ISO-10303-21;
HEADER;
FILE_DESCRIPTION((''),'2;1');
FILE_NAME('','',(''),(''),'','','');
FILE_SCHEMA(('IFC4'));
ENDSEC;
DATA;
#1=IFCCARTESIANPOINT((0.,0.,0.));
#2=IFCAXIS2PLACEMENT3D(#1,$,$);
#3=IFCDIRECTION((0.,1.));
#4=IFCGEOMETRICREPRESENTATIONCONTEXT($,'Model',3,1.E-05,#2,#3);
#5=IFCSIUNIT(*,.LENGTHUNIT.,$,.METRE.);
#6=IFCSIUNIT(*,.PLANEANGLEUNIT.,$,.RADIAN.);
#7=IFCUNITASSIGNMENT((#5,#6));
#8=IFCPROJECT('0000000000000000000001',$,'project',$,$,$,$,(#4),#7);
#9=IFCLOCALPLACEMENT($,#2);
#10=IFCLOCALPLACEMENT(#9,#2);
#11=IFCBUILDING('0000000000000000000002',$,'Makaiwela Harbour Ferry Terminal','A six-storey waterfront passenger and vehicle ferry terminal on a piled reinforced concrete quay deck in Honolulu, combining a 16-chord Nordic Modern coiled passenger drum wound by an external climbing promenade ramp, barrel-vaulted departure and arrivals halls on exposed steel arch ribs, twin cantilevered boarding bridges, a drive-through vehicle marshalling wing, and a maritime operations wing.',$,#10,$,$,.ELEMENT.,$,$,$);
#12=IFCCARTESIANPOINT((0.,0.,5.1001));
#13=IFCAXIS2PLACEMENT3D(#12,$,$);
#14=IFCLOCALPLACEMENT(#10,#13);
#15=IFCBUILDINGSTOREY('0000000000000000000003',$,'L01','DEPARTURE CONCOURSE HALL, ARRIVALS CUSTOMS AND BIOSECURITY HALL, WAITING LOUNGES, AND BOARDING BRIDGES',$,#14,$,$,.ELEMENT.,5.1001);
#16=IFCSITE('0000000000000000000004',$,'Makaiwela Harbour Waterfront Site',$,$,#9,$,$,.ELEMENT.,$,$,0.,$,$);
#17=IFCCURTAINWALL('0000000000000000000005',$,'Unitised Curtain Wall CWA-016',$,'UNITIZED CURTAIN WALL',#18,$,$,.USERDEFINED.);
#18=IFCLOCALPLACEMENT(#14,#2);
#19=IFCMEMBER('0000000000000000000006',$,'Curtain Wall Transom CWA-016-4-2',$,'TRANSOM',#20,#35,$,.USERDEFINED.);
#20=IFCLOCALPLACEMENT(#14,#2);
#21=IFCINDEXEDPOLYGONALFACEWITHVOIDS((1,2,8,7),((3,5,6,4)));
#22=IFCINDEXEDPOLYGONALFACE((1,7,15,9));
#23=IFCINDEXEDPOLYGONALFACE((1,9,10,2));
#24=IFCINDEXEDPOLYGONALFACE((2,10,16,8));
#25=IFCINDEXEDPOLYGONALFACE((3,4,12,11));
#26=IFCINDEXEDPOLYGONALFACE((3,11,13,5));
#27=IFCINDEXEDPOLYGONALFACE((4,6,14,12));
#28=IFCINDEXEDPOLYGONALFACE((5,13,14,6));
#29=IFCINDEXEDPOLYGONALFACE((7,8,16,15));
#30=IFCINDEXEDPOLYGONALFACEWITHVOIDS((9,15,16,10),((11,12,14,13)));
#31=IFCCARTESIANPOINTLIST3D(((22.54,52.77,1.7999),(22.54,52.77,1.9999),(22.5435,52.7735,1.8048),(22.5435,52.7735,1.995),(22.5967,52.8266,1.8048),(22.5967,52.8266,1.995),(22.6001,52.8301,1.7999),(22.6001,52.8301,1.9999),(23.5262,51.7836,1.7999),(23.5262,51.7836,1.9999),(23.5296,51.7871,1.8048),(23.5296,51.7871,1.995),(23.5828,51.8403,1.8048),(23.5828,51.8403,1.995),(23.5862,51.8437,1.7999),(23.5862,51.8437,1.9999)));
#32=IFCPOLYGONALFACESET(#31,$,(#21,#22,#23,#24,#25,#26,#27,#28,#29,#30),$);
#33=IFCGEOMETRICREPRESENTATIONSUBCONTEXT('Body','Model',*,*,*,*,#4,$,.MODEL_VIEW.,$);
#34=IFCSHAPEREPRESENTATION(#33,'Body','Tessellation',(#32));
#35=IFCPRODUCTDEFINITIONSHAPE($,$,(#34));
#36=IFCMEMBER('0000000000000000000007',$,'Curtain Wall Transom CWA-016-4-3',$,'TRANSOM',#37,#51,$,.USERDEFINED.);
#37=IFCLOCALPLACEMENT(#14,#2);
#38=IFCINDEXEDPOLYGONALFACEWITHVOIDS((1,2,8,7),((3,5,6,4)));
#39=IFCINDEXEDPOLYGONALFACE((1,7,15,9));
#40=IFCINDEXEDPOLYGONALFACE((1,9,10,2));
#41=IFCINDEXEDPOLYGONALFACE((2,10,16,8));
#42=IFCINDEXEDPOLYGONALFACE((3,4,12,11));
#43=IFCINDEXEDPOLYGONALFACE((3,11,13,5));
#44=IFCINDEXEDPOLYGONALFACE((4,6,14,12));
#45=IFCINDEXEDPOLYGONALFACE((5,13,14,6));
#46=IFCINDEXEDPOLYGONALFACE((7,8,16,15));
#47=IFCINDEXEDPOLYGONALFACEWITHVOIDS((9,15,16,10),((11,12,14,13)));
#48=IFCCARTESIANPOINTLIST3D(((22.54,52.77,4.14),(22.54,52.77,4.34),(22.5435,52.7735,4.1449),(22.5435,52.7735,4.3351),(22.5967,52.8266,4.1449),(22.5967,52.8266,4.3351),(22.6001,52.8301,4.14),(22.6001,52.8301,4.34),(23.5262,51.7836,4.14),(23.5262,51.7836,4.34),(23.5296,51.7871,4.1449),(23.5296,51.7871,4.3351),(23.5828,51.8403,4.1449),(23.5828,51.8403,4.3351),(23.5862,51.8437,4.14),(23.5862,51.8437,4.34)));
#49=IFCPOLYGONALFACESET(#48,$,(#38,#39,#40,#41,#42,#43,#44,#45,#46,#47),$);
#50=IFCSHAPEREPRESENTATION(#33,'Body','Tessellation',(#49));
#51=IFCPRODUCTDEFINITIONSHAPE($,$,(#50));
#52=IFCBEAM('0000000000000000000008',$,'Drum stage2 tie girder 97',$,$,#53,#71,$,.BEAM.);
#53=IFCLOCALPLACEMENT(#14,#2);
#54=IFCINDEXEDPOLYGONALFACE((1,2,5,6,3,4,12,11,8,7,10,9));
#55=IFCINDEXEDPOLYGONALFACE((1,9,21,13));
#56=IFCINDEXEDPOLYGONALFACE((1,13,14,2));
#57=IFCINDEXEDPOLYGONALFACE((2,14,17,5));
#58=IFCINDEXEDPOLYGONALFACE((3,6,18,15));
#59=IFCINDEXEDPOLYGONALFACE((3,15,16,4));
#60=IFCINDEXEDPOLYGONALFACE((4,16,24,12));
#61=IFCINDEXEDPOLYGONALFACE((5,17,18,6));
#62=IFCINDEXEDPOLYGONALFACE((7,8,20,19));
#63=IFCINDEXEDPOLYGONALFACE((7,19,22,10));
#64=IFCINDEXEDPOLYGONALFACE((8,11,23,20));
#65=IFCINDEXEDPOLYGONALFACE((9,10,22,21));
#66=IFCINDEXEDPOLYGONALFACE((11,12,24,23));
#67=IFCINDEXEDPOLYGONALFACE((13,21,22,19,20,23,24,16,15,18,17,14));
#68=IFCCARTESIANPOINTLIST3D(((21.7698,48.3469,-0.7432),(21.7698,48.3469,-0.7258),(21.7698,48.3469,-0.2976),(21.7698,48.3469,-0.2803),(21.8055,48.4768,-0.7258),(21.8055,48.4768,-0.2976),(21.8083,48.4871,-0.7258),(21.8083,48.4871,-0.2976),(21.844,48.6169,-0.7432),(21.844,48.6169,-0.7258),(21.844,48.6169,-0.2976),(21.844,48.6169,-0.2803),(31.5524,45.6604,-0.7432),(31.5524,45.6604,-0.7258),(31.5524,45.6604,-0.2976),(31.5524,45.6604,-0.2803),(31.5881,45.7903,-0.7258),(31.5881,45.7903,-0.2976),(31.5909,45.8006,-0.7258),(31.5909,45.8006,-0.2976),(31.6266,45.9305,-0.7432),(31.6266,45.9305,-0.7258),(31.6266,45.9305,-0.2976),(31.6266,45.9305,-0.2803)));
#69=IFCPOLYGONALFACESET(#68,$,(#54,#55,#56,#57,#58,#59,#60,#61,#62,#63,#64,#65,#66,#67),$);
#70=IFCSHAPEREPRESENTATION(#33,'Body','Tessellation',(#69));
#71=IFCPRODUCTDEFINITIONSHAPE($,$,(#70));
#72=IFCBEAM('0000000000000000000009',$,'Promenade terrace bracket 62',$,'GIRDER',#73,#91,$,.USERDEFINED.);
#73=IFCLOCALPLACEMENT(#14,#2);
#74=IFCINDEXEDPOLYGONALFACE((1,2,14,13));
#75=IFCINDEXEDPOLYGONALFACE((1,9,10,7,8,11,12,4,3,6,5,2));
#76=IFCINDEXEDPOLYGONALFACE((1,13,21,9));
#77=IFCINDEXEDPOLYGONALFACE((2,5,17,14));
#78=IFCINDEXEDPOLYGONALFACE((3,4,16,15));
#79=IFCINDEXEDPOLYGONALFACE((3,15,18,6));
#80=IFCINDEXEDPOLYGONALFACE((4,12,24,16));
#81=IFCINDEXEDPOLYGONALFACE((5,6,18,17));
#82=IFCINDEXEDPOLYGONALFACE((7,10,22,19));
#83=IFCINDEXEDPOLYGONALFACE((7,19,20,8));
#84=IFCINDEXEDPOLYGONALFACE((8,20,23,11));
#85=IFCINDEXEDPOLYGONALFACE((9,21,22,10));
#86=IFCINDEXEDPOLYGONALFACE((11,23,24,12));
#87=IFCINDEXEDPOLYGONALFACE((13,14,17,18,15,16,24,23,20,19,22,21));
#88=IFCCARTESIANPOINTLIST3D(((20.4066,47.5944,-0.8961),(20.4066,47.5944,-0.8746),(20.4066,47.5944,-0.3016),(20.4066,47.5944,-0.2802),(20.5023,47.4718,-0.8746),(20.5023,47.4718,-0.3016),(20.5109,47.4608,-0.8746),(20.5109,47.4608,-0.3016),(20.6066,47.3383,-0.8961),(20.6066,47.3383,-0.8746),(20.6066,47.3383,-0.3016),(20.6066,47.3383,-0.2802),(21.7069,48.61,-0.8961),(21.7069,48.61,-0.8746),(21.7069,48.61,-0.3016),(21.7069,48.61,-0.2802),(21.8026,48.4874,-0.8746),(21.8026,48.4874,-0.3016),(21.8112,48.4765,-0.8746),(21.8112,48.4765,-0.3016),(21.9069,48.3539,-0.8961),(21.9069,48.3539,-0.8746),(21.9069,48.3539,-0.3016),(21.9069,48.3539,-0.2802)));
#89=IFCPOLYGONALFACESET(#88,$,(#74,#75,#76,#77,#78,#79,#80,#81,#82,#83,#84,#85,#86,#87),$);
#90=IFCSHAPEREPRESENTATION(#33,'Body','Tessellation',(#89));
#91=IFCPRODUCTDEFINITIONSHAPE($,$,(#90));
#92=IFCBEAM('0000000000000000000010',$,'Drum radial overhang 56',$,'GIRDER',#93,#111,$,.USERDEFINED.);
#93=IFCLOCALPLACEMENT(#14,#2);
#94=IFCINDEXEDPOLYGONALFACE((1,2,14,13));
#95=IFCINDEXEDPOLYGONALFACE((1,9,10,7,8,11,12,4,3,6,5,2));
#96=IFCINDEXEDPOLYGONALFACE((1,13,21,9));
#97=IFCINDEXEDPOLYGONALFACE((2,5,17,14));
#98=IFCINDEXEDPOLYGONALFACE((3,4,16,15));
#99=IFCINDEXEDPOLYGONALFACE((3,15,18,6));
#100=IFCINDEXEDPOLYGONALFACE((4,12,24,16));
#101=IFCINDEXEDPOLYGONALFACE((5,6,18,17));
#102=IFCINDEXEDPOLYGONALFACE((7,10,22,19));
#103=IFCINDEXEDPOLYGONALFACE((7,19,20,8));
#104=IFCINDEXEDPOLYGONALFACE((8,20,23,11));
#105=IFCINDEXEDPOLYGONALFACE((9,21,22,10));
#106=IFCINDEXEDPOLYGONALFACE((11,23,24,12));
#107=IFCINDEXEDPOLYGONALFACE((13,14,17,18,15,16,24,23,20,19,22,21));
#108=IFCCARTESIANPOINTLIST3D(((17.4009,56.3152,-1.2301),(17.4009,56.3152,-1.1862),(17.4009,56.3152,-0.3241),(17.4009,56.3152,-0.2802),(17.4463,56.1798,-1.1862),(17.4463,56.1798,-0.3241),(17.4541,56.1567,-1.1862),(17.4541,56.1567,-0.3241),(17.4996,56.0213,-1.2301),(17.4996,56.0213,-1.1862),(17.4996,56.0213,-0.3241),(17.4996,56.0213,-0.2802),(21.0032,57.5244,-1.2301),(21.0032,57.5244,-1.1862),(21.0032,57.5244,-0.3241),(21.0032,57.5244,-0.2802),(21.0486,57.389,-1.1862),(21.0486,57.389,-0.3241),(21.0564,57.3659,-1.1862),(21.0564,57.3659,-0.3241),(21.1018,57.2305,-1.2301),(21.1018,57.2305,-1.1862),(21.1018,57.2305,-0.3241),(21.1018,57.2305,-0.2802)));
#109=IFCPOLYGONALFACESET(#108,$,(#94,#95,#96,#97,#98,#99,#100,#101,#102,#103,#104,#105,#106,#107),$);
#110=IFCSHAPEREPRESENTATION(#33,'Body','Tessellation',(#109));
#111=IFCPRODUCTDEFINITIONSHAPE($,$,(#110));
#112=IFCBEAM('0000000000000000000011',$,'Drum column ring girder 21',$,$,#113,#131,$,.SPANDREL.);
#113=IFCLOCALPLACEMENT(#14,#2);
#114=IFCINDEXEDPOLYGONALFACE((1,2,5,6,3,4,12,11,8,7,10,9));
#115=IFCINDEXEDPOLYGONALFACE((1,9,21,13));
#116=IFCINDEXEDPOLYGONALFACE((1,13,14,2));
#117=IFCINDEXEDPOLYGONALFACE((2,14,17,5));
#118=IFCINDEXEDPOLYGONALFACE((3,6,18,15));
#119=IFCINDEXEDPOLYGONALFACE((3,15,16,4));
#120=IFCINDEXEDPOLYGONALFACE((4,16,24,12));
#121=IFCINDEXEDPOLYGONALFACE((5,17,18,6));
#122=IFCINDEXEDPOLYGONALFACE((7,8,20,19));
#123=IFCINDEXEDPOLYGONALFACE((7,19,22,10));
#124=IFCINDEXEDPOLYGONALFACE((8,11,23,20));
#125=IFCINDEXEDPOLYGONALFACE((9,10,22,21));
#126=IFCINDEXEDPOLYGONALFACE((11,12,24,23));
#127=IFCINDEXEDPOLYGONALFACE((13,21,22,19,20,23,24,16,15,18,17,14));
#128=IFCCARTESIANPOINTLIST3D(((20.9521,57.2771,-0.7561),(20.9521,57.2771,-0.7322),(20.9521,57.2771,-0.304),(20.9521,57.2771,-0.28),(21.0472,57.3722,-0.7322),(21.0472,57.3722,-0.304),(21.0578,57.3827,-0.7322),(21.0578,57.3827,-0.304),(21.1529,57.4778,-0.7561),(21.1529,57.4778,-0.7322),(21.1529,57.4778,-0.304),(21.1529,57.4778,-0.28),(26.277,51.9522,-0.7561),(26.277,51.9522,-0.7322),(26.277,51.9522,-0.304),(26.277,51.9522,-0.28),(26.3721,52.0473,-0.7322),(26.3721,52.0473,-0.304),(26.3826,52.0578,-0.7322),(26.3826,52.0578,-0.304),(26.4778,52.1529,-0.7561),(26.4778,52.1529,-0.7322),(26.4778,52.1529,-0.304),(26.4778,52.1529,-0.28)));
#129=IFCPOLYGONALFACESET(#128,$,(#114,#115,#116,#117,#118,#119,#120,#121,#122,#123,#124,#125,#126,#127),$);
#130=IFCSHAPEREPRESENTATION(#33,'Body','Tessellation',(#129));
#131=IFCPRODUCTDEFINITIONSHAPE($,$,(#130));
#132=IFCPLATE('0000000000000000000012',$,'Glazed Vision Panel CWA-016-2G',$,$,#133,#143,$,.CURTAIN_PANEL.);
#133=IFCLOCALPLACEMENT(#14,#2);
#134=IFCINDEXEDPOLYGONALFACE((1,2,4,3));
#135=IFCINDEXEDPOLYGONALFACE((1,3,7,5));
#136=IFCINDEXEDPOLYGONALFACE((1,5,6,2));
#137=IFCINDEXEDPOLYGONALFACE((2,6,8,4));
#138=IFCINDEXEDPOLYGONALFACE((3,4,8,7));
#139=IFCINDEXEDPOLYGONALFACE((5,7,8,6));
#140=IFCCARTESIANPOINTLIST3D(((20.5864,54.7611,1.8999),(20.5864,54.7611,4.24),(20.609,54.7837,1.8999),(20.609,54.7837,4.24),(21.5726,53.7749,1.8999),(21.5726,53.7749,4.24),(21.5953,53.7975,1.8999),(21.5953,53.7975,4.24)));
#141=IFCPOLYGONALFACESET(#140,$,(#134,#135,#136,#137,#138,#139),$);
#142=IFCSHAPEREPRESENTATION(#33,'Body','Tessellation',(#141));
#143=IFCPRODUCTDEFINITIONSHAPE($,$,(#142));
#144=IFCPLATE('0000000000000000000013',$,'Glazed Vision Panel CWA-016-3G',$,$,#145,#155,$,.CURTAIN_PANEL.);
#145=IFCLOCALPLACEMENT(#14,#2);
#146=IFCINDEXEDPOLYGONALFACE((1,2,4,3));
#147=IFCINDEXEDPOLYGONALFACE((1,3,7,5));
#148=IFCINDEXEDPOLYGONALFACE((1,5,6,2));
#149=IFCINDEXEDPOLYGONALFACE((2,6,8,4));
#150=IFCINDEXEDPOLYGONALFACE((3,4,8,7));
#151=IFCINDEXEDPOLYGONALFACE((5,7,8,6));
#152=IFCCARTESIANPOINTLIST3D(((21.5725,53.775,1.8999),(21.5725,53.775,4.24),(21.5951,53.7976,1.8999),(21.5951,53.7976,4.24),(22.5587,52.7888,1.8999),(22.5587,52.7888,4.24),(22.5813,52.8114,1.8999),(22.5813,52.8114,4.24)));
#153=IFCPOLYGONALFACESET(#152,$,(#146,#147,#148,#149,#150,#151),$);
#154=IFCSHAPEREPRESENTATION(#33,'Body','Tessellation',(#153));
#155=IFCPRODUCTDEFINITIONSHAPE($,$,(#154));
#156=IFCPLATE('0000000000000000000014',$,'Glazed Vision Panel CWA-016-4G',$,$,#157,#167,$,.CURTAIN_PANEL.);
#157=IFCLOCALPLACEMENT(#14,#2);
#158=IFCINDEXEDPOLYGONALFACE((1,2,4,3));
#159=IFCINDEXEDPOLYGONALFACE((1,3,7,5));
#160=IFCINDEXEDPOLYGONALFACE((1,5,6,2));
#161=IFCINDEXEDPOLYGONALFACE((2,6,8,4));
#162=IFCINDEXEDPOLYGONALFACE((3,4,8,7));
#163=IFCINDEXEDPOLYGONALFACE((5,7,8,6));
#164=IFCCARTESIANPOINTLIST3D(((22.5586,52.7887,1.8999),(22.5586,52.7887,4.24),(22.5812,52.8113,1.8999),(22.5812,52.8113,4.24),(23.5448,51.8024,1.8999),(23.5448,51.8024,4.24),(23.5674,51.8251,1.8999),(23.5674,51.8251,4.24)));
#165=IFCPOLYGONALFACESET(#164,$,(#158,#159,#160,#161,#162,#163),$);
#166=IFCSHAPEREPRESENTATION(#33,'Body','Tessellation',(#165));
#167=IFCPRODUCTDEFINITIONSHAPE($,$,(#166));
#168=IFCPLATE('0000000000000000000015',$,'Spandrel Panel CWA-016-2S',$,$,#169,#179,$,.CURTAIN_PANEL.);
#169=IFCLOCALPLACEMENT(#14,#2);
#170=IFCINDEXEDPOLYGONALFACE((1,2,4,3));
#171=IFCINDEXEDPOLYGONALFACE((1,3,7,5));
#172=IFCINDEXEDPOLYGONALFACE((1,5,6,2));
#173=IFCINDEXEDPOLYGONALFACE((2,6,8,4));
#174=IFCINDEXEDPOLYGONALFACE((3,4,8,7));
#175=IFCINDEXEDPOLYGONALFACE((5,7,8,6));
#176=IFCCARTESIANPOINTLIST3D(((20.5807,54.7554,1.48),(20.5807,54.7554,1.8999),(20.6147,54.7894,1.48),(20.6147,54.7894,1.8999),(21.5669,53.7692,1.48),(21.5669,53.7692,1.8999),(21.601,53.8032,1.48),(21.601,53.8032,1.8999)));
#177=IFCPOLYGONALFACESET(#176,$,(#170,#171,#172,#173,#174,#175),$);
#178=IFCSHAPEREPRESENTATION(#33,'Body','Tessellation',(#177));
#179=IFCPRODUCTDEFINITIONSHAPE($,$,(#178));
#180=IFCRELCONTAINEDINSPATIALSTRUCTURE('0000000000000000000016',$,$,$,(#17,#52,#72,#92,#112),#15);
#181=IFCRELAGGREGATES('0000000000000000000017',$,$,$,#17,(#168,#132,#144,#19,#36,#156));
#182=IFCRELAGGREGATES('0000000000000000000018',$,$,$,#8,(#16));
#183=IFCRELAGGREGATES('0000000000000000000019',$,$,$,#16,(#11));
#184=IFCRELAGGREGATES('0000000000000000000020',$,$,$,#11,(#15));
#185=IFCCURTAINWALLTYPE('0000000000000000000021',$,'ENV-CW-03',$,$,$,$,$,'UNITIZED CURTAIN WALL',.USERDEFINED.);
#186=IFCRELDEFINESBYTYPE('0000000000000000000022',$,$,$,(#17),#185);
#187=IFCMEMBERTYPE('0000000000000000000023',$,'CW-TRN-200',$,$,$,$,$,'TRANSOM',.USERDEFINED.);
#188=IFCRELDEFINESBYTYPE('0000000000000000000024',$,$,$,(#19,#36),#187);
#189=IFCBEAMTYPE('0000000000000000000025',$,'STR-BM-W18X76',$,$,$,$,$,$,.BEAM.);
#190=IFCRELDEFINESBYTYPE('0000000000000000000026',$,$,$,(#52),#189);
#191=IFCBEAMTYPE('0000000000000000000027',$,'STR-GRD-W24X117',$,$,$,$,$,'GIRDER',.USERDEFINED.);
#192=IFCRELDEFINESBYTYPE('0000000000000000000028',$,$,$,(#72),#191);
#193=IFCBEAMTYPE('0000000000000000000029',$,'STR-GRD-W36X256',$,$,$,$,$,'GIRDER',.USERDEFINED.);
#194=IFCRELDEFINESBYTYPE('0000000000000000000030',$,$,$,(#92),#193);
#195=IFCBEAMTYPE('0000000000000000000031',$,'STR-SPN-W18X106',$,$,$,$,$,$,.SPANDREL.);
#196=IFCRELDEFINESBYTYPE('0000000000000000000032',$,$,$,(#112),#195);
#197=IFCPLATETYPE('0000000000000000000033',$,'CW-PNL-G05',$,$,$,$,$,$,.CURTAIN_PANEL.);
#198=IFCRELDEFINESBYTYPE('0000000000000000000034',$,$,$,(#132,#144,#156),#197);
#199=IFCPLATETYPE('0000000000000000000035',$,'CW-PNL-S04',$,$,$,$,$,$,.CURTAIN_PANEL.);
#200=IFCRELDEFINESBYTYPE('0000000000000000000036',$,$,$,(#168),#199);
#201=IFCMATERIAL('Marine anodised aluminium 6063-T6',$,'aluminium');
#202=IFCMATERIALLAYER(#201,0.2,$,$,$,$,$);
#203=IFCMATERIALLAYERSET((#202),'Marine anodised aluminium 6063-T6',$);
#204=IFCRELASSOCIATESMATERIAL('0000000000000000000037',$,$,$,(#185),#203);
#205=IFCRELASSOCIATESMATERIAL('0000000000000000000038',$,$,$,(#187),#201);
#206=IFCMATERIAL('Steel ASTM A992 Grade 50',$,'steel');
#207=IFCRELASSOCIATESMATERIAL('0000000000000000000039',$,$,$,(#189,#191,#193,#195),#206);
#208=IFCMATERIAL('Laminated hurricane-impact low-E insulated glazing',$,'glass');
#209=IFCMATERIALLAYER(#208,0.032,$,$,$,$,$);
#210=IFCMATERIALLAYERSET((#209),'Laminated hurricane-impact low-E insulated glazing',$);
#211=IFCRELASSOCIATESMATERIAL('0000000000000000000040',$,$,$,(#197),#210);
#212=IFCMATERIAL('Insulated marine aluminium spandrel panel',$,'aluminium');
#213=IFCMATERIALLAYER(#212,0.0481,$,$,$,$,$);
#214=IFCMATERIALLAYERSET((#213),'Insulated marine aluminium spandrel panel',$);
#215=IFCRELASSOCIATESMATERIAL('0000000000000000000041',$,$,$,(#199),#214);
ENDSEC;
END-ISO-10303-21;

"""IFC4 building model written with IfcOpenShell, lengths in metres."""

from ifc_helpers import new_model, si_unit, direction, frame, origin, origin_2d, place, context, subcontext, project, spatial, rectangle, hollow_rectangle, i_section, extrude, material, layer, layer_set, material_profile, profile_set, type_object, element, aggregate, save


model = new_model("IFC4")

# Units and contexts
model_context = context("Model", 3, precision=1e-05, world=origin(), true_north=direction((0.0, 1.0)))
body_context = subcontext(model_context, "Body", "Model", "MODEL_VIEW")
ifc_project = project(units=[si_unit("LENGTHUNIT", "METRE"), si_unit("PLANEANGLEUNIT", "RADIAN")], contexts=[model_context])

# Site, building, storey
site_placement = place(None, origin())
site = spatial("IfcSite", under=ifc_project, at=site_placement, Name="Makaiwela Harbour Waterfront Site", CompositionType="ELEMENT", RefElevation=0.0)
building_placement = place(site_placement, origin())
building = spatial("IfcBuilding", under=site, at=building_placement, Name="Makaiwela Harbour Ferry Terminal", Description="A six-storey waterfront passenger and vehicle ferry terminal on a piled reinforced concrete quay deck in Honolulu, combining a 16-chord Nordic Modern coiled passenger drum wound by an external climbing promenade ramp, barrel-vaulted departure and arrivals halls on exposed steel arch ribs, twin cantilevered boarding bridges, a drive-through vehicle marshalling wing, and a maritime operations wing.", CompositionType="ELEMENT")
storey_placement = place(building_placement, frame((0.0, 0.0, 5.1001)))
storey = spatial("IfcBuildingStorey", under=building, at=storey_placement, Name="L01", Description="DEPARTURE CONCOURSE HALL, ARRIVALS CUSTOMS AND BIOSECURITY HALL, WAITING LOUNGES, AND BOARDING BRIDGES", CompositionType="ELEMENT", Elevation=5.1001)

# Shared definitions
ifc_material_1 = material(Name="Steel ASTM A992 Grade 50", Category="steel")

# Curtain wall, members
ifc_material_2 = material(Name="Marine anodised aluminium 6063-T6", Category="aluminium")
ifc_layer_1 = layer(ifc_material_2, 0.2)
ifc_layer_set_1 = layer_set([ifc_layer_1], Name="Marine anodised aluminium 6063-T6")
curtain_wall_type = type_object("IfcCurtainWallType", Name="ENV-CW-03", ElementType="UNITIZED CURTAIN WALL", PredefinedType="USERDEFINED", material=ifc_layer_set_1)
curtain_wall_placement = place(storey_placement, origin())
curtain_wall = element("IfcCurtainWall", 1, at=curtain_wall_placement, inside=storey, type_object=curtain_wall_type, Name="Unitised Curtain Wall CWA-016", ObjectType="UNITIZED CURTAIN WALL", PredefinedType="USERDEFINED")
ifc_material_profile_1 = material_profile(ifc_material_2, hollow_rectangle(XDim=0.085, YDim=0.2, WallThickness=0.0049, at=origin_2d()), Name="CWT-200X85")
ifc_profile_set_1 = profile_set([ifc_material_profile_1], Name="Marine anodised aluminium 6063-T6")
member_type_1 = type_object("IfcMemberType", Name="CW-TRN-200", ElementType="TRANSOM", PredefinedType="USERDEFINED", material=ifc_profile_set_1)
member_1_placement = place(storey_placement, frame((22.5701, 52.8, 1.8999), z_axis=(0.707019, -0.707194, 0.0), x_axis=(0.707194, 0.707019, 0.0)))
member_1 = element("IfcMember", 2, at=member_1_placement, type_object=member_type_1, Name="Curtain Wall Transom CWA-016-4-2", ObjectType="TRANSOM", PredefinedType="USERDEFINED", context=body_context, shape_type="SweptSolid", body=[
    extrude(hollow_rectangle(XDim=0.085, YDim=0.2, WallThickness=0.0049, at=origin_2d()), origin(), (0.0, 0.0, 1.0), 1.3948),
])
member_2_placement = place(storey_placement, frame((22.5701, 52.8, 4.24), z_axis=(0.707019, -0.707194, 0.0), x_axis=(0.707194, 0.707019, 0.0)))
member_2 = element("IfcMember", 3, at=member_2_placement, type_object=member_type_1, Name="Curtain Wall Transom CWA-016-4-3", ObjectType="TRANSOM", PredefinedType="USERDEFINED", context=body_context, shape_type="SweptSolid", body=[
    extrude(hollow_rectangle(XDim=0.085, YDim=0.2, WallThickness=0.0049, at=origin_2d()), origin(), (0.0, 0.0, 1.0), 1.3948),
])

# Beams
ifc_material_profile_2 = material_profile(ifc_material_1, i_section(OverallWidth=0.28, OverallDepth=0.4629, WebThickness=0.0107, FlangeThickness=0.0173, at=origin_2d()), Name="W18X76")
ifc_profile_set_2 = profile_set([ifc_material_profile_2], Name="Steel ASTM A992 Grade 50")
beam_type_1 = type_object("IfcBeamType", Name="STR-BM-W18X76", PredefinedType="BEAM", material=ifc_profile_set_2)
beam_1_placement = place(storey_placement, frame((21.8069, 48.4819, -0.5117), z_axis=(0.964299, -0.264815, 0.0), x_axis=(0.264815, 0.964299, 0.0)))
element("IfcBeam", 4, at=beam_1_placement, inside=storey, type_object=beam_type_1, Name="Drum stage2 tie girder 97", PredefinedType="BEAM", context=body_context, shape_type="SweptSolid", body=[
    extrude(i_section(OverallWidth=0.28, OverallDepth=0.4629, WebThickness=0.0107, FlangeThickness=0.0173, at=origin_2d()), origin(), (0.0, 0.0, 1.0), 10.1448),
])
ifc_material_profile_3 = material_profile(ifc_material_1, i_section(OverallWidth=0.325, OverallDepth=0.616, WebThickness=0.0139, FlangeThickness=0.0215, at=origin_2d()), Name="W24X117")
ifc_profile_set_3 = profile_set([ifc_material_profile_3], Name="Steel ASTM A992 Grade 50")
beam_type_2 = type_object("IfcBeamType", Name="STR-GRD-W24X117", ElementType="GIRDER", PredefinedType="USERDEFINED", material=ifc_profile_set_3)
beam_2_placement = place(storey_placement, frame((21.8069, 48.4819, -0.5881), z_axis=(-0.788092, -0.615558, 0.0), x_axis=(0.615558, -0.788092, 0.0)))
element("IfcBeam", 5, at=beam_2_placement, inside=storey, type_object=beam_type_2, Name="Promenade terrace bracket 62", ObjectType="GIRDER", PredefinedType="USERDEFINED", context=body_context, shape_type="SweptSolid", body=[
    extrude(i_section(OverallWidth=0.325, OverallDepth=0.616, WebThickness=0.0139, FlangeThickness=0.0215, at=origin_2d()), origin(), (0.0, 0.0, 1.0), 1.6499),
])
ifc_material_profile_4 = material_profile(ifc_material_1, i_section(OverallWidth=0.3101, OverallDepth=0.95, WebThickness=0.0244, FlangeThickness=0.0439, at=origin_2d()), Name="W36X256")
ifc_profile_set_4 = profile_set([ifc_material_profile_4], Name="Steel ASTM A992 Grade 50")
beam_type_3 = type_object("IfcBeamType", Name="STR-GRD-W36X256", ElementType="GIRDER", PredefinedType="USERDEFINED", material=ifc_profile_set_4)
beam_3_placement = place(storey_placement, frame((21.0525, 57.3774, -0.7551), z_axis=(-0.948013, -0.318232, 0.0), x_axis=(0.318232, -0.948013, 0.0)))
element("IfcBeam", 6, at=beam_3_placement, inside=storey, type_object=beam_type_3, Name="Drum radial overhang 56", ObjectType="GIRDER", PredefinedType="USERDEFINED", context=body_context, shape_type="SweptSolid", body=[
    extrude(i_section(OverallWidth=0.3101, OverallDepth=0.95, WebThickness=0.0244, FlangeThickness=0.0439, at=origin_2d()), origin(), (0.0, 0.0, 1.0), 3.7998),
])
ifc_material_profile_5 = material_profile(ifc_material_1, i_section(OverallWidth=0.2839, OverallDepth=0.4761, WebThickness=0.0149, FlangeThickness=0.0239, at=origin_2d()), Name="W18X106")
ifc_profile_set_5 = profile_set([ifc_material_profile_5], Name="Steel ASTM A992 Grade 50")
beam_type_4 = type_object("IfcBeamType", Name="STR-SPN-W18X106", PredefinedType="SPANDREL", material=ifc_profile_set_5)
beam_4_placement = place(storey_placement, frame((21.0525, 57.3774, -0.5181), z_axis=(0.707107, -0.707107, 0.0), x_axis=(0.707107, 0.707107, 0.0)))
element("IfcBeam", 7, at=beam_4_placement, inside=storey, type_object=beam_type_4, Name="Drum column ring girder 21", PredefinedType="SPANDREL", context=body_context, shape_type="SweptSolid", body=[
    extrude(i_section(OverallWidth=0.2839, OverallDepth=0.4761, WebThickness=0.0149, FlangeThickness=0.0239, at=origin_2d()), origin(), (0.0, 0.0, 1.0), 7.5305),
])

# Plates
ifc_material_3 = material(Name="Laminated hurricane-impact low-E insulated glazing", Category="glass")
ifc_layer_2 = layer(ifc_material_3, 0.032)
ifc_layer_set_2 = layer_set([ifc_layer_2], Name="Laminated hurricane-impact low-E insulated glazing")
plate_type_1 = type_object("IfcPlateType", Name="CW-PNL-G05", PredefinedType="CURTAIN_PANEL", material=ifc_layer_set_2)
plate_1_placement = place(storey_placement, frame((21.0908, 54.2793, 1.8999), z_axis=(0.0, 0.0, 1.0), x_axis=(0.707107, -0.707107, 0.0)))
plate_1 = element("IfcPlate", 8, at=plate_1_placement, type_object=plate_type_1, Name="Glazed Vision Panel CWA-016-2G", PredefinedType="CURTAIN_PANEL", context=body_context, shape_type="SweptSolid", body=[
    extrude(rectangle(XDim=1.3948, YDim=0.032, at=origin_2d()), origin(), (0.0, 0.0, 1.0), 2.3401),
])
plate_2_placement = place(storey_placement, frame((22.0769, 53.2932, 1.8999), z_axis=(0.0, 0.0, 1.0), x_axis=(0.707107, -0.707107, 0.0)))
plate_2 = element("IfcPlate", 9, at=plate_2_placement, type_object=plate_type_1, Name="Glazed Vision Panel CWA-016-3G", PredefinedType="CURTAIN_PANEL", context=body_context, shape_type="SweptSolid", body=[
    extrude(rectangle(XDim=1.3948, YDim=0.032, at=origin_2d()), origin(), (0.0, 0.0, 1.0), 2.3401),
])
plate_3_placement = place(storey_placement, frame((23.063, 52.3069, 1.8999), z_axis=(0.0, 0.0, 1.0), x_axis=(0.707107, -0.707107, 0.0)))
plate_3 = element("IfcPlate", 10, at=plate_3_placement, type_object=plate_type_1, Name="Glazed Vision Panel CWA-016-4G", PredefinedType="CURTAIN_PANEL", context=body_context, shape_type="SweptSolid", body=[
    extrude(rectangle(XDim=1.3948, YDim=0.032, at=origin_2d()), origin(), (0.0, 0.0, 1.0), 2.3401),
])
ifc_material_4 = material(Name="Insulated marine aluminium spandrel panel", Category="aluminium")
ifc_layer_3 = layer(ifc_material_4, 0.0481)
ifc_layer_set_3 = layer_set([ifc_layer_3], Name="Insulated marine aluminium spandrel panel")
plate_type_2 = type_object("IfcPlateType", Name="CW-PNL-S04", PredefinedType="CURTAIN_PANEL", material=ifc_layer_set_3)
plate_4_placement = place(storey_placement, frame((21.0908, 54.2793, 1.48), z_axis=(0.0, 0.0, 1.0), x_axis=(0.707107, -0.707107, 0.0)))
plate_4 = element("IfcPlate", 11, at=plate_4_placement, type_object=plate_type_2, Name="Spandrel Panel CWA-016-2S", PredefinedType="CURTAIN_PANEL", context=body_context, shape_type="SweptSolid", body=[
    extrude(rectangle(XDim=1.3948, YDim=0.0481, at=origin_2d()), origin(), (0.0, 0.0, 1.0), 0.4199),
])
aggregate(curtain_wall, [plate_4, plate_1, plate_2, member_1, member_2, plate_3])

save(model, "model.ifc")
